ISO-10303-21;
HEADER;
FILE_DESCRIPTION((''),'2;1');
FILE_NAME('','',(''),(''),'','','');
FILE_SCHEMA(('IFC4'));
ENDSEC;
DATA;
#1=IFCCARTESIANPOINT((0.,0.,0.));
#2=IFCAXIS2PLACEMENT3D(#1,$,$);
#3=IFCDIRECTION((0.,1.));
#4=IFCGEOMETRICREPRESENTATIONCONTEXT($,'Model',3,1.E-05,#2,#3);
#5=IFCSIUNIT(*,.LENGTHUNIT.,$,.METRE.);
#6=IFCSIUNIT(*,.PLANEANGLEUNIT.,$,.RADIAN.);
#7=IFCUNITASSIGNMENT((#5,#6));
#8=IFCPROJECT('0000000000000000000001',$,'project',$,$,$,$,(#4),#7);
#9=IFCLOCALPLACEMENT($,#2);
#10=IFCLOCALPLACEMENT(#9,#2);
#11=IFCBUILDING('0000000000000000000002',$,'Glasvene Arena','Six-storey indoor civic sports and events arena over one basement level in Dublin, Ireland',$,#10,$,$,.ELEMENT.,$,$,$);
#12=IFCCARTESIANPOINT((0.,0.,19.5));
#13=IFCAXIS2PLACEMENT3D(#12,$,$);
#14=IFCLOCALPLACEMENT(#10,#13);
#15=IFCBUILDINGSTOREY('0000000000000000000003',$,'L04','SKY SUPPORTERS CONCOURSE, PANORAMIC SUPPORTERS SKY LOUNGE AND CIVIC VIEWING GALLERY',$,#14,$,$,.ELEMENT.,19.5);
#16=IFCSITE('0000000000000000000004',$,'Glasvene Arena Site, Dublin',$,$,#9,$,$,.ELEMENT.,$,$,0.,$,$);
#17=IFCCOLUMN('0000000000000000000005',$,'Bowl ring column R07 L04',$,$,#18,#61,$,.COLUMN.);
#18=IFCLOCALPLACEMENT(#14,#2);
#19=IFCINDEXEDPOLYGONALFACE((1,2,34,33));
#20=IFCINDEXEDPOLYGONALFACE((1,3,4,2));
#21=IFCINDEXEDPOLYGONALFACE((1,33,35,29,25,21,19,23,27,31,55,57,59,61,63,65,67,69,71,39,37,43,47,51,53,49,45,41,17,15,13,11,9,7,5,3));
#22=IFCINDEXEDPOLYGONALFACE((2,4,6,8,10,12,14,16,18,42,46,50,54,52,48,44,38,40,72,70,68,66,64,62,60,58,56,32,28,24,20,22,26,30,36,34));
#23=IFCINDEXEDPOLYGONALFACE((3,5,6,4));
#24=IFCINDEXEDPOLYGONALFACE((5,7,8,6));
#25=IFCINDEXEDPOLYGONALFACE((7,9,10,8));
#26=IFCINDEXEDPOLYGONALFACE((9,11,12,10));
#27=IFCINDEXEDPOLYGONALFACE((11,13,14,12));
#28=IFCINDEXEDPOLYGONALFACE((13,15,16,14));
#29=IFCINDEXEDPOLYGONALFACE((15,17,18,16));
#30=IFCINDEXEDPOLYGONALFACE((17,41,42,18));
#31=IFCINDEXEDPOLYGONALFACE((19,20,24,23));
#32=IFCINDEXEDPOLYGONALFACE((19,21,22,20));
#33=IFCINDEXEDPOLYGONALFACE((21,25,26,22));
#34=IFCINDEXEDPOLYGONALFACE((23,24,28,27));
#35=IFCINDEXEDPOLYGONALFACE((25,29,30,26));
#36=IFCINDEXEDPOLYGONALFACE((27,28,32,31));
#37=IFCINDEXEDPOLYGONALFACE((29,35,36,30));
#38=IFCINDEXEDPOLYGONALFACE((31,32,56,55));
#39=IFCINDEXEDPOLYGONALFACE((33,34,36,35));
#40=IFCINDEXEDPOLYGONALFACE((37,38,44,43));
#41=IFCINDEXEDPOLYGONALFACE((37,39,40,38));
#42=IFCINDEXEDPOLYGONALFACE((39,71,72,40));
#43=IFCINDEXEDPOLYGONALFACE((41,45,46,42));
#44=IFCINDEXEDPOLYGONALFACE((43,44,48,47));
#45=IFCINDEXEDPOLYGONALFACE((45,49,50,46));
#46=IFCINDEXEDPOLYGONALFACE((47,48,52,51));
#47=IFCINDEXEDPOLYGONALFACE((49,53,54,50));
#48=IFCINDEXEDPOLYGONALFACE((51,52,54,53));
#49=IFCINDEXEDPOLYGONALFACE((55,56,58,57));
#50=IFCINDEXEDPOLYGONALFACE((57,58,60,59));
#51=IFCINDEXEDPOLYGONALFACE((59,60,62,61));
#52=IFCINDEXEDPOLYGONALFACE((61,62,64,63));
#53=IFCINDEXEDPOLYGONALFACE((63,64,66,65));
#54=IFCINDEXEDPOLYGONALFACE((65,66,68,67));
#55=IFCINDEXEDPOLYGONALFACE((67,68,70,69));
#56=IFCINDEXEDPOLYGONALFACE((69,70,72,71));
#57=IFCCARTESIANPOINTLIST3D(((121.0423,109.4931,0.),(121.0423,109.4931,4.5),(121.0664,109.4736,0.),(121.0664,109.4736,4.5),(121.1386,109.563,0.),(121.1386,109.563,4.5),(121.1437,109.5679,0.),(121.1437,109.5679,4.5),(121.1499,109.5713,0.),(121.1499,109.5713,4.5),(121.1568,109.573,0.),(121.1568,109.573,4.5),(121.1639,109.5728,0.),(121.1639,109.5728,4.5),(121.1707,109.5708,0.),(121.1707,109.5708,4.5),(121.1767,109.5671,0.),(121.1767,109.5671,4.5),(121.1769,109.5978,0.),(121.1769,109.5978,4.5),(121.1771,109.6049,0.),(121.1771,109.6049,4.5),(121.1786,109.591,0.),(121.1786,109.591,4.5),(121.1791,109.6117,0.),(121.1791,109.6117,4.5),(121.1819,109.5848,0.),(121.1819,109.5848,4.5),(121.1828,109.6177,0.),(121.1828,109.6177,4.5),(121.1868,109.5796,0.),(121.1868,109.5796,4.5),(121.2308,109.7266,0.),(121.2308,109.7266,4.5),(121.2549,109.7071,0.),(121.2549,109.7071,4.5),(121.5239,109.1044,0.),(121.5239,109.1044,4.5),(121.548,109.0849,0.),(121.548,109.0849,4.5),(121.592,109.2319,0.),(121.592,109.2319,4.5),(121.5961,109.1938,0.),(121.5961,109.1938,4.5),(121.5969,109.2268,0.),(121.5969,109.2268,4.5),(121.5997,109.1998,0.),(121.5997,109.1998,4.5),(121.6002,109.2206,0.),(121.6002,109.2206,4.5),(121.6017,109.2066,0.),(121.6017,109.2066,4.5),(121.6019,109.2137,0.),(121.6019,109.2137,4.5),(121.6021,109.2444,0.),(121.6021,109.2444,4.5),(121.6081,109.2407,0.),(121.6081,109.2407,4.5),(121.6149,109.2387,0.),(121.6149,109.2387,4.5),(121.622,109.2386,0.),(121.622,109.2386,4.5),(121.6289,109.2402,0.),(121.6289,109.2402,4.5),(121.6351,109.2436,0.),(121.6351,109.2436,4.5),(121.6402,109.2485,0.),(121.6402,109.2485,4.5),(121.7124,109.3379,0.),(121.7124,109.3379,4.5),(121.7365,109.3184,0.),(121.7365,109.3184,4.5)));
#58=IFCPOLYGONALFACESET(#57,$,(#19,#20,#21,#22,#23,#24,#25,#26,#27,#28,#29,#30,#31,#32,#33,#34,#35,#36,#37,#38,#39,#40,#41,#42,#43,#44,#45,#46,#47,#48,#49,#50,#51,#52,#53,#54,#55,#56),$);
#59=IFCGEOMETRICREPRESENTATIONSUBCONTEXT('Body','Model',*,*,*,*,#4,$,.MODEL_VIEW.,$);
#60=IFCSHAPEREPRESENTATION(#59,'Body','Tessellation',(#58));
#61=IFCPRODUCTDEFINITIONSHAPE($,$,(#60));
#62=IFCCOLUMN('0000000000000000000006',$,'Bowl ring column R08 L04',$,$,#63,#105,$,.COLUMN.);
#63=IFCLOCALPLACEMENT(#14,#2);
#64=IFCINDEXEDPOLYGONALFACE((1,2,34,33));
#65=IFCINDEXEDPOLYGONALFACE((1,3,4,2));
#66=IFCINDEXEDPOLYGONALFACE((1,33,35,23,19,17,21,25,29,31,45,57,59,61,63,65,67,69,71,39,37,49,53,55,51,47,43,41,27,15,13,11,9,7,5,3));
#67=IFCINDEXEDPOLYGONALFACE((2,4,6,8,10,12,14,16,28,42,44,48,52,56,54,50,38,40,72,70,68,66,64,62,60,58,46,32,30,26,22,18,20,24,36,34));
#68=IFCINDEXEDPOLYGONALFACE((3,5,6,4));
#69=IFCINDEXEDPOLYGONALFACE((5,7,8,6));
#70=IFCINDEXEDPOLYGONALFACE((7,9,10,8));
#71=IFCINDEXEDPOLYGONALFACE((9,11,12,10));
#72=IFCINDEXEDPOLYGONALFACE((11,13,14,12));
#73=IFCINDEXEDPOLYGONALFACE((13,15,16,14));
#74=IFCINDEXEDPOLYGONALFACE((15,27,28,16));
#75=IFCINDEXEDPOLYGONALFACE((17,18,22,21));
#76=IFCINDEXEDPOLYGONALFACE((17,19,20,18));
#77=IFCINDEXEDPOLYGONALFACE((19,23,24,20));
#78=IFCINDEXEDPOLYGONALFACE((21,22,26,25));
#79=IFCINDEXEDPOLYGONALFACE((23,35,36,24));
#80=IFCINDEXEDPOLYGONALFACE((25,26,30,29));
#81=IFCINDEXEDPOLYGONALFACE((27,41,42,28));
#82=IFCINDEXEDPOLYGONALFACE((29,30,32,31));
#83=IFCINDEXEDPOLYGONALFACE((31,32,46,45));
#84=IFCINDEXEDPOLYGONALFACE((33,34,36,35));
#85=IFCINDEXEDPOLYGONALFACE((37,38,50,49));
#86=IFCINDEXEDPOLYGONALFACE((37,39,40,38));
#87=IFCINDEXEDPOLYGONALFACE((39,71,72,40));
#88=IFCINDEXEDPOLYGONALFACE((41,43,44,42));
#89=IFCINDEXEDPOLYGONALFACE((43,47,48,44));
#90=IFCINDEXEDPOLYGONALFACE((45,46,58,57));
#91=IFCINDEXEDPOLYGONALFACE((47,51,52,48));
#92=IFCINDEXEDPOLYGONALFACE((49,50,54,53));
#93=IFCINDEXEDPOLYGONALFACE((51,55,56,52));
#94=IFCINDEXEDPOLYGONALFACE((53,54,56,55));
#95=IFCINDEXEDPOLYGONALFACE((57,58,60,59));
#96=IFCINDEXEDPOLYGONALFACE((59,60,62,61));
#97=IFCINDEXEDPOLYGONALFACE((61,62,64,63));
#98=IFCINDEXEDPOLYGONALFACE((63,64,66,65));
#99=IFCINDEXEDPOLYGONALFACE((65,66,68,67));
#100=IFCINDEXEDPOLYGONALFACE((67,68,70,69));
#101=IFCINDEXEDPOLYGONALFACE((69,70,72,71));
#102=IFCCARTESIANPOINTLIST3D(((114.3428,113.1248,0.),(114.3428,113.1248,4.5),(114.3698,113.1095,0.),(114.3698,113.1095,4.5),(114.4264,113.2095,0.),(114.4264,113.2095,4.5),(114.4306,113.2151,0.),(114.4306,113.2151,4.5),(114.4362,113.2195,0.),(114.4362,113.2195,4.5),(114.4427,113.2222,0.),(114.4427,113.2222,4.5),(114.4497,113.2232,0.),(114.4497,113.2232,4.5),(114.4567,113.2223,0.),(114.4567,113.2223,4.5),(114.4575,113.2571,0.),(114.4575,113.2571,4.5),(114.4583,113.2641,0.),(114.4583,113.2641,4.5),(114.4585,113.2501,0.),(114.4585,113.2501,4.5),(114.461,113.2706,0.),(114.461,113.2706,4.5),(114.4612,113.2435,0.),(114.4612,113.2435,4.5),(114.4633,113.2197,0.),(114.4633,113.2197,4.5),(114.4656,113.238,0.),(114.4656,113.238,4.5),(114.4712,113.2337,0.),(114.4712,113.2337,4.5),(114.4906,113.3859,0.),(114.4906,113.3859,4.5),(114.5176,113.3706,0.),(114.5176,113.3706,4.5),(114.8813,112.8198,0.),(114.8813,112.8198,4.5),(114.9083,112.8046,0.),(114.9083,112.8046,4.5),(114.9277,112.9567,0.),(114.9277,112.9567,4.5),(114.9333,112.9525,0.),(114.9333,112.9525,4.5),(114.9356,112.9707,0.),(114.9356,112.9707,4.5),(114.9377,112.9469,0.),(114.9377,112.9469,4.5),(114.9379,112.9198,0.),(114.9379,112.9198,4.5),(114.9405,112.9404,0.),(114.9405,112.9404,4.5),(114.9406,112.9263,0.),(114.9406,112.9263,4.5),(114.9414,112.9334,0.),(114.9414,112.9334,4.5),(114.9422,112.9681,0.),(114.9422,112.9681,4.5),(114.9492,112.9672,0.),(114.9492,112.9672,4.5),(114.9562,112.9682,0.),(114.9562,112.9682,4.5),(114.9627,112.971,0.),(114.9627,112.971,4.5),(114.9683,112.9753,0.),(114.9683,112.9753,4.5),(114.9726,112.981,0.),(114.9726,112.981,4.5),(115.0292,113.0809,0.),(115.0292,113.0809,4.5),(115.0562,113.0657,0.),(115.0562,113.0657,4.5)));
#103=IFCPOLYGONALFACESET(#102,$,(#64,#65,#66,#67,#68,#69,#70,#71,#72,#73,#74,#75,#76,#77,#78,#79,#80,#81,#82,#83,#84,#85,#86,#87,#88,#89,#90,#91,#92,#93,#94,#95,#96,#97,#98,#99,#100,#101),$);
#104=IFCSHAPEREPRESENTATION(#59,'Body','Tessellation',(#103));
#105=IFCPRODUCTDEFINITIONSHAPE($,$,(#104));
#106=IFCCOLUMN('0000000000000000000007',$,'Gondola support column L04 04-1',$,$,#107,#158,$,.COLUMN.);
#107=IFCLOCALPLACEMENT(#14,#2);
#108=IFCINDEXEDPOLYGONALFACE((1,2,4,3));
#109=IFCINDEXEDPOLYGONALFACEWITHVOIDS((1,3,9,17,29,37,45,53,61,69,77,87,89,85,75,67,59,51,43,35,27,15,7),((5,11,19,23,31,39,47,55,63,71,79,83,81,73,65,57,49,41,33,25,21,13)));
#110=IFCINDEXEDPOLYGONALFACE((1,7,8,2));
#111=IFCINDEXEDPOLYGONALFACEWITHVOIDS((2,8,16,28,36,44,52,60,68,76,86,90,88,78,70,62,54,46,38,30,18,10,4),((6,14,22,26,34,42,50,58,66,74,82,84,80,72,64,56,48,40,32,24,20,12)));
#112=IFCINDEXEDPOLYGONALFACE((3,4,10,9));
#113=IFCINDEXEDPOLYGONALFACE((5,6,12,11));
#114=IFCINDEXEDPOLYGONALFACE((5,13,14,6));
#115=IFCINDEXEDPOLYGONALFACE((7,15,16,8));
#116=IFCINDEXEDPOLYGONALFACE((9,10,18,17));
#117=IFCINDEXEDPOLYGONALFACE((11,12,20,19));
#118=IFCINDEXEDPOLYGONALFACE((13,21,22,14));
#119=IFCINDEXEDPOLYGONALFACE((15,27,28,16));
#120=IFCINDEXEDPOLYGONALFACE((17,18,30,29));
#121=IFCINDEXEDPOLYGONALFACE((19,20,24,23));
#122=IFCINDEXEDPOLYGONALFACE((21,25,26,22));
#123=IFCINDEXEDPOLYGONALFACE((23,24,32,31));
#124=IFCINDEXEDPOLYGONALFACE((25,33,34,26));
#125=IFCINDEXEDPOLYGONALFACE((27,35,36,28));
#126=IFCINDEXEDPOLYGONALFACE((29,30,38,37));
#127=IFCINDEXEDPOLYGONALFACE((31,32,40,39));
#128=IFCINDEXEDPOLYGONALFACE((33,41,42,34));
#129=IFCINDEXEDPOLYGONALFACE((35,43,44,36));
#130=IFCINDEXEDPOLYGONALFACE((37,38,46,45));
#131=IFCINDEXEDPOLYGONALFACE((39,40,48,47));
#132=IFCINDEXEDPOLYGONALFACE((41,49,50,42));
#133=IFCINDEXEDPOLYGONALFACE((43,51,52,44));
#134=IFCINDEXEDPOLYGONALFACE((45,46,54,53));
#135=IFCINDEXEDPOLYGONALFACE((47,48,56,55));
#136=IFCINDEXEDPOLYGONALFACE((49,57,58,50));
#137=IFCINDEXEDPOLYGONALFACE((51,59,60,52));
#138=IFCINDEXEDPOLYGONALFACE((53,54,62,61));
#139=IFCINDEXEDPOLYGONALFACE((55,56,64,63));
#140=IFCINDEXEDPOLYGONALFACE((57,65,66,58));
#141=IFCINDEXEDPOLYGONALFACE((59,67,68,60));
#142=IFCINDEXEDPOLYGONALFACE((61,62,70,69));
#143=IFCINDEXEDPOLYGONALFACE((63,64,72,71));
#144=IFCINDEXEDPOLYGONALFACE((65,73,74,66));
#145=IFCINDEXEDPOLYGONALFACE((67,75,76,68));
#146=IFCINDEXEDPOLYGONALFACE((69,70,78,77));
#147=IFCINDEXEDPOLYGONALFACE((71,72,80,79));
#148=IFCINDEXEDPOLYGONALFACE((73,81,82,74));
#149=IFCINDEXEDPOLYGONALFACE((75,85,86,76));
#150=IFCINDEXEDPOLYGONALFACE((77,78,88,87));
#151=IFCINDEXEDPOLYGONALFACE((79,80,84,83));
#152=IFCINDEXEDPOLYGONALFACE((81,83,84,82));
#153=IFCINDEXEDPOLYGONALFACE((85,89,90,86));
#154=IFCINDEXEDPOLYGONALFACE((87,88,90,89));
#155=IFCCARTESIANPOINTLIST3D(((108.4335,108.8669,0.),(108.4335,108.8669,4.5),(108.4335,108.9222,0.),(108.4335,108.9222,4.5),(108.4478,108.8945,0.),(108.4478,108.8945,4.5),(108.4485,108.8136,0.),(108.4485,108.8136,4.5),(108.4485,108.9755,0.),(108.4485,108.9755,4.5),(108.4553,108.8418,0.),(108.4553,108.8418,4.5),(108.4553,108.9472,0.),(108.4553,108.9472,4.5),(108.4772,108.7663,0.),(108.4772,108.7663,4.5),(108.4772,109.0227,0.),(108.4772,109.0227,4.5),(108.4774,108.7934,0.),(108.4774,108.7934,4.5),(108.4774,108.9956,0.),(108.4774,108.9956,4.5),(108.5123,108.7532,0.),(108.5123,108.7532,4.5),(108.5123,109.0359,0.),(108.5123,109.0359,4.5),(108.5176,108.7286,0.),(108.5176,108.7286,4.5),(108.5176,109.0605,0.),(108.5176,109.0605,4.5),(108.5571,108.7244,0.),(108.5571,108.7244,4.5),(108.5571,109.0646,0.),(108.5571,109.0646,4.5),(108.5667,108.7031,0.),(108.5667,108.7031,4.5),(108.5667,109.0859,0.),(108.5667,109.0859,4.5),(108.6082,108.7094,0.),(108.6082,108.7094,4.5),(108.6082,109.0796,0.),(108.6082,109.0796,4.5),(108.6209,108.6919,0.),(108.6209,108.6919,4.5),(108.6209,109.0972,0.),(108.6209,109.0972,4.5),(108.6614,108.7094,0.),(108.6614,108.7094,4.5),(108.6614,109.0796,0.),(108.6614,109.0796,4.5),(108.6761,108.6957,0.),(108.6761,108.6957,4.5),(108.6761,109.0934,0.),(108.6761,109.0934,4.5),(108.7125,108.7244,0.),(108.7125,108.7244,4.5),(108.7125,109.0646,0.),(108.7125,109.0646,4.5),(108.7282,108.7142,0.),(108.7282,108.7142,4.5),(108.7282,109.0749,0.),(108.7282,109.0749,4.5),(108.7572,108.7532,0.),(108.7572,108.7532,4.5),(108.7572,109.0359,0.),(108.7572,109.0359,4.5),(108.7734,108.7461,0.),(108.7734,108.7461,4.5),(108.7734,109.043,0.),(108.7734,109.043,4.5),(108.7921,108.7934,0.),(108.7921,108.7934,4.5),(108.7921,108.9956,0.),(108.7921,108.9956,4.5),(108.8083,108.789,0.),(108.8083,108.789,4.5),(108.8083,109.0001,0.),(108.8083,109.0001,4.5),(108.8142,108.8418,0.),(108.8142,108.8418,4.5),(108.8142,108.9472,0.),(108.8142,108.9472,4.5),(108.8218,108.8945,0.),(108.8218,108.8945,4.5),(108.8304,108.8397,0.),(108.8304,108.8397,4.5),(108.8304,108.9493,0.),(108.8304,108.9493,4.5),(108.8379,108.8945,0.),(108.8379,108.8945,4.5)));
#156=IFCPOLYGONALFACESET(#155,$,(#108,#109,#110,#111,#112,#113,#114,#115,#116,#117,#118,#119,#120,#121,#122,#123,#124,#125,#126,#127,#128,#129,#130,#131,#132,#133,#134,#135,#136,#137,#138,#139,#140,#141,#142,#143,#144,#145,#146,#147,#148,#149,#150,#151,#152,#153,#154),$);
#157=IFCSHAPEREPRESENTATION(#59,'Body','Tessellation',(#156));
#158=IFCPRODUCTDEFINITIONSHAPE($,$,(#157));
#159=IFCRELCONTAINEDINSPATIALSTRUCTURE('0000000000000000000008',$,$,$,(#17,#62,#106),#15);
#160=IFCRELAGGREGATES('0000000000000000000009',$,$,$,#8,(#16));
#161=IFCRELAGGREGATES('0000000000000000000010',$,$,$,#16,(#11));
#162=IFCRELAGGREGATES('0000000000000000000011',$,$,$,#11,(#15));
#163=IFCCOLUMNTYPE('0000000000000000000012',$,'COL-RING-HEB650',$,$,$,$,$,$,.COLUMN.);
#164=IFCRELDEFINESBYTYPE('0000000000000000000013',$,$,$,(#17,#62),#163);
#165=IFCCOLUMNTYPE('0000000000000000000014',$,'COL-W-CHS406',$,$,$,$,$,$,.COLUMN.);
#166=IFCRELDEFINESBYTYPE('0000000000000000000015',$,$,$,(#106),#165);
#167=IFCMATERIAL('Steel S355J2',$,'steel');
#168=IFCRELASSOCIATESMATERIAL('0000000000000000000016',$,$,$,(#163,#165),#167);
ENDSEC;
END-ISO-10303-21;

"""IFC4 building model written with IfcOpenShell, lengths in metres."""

from ifc_helpers import new_model, si_unit, direction, frame, origin, origin_2d, place, context, subcontext, project, spatial, hollow_circle, i_section, extrude, material, material_profile, profile_set, type_object, element, save


model = new_model("IFC4")

# Units and contexts
model_context = context("Model", 3, precision=1e-05, world=origin(), true_north=direction((0.0, 1.0)))
body_context = subcontext(model_context, "Body", "Model", "MODEL_VIEW")
ifc_project = project(units=[si_unit("LENGTHUNIT", "METRE"), si_unit("PLANEANGLEUNIT", "RADIAN")], contexts=[model_context])

# Site, building, storey
site_placement = place(None, origin())
site = spatial("IfcSite", under=ifc_project, at=site_placement, Name="Glasvene Arena Site, Dublin", CompositionType="ELEMENT", RefElevation=0.0)
building_placement = place(site_placement, origin())
building = spatial("IfcBuilding", under=site, at=building_placement, Name="Glasvene Arena", Description="Six-storey indoor civic sports and events arena over one basement level in Dublin, Ireland", CompositionType="ELEMENT")
storey_placement = place(building_placement, frame((0.0, 0.0, 19.5)))
storey = spatial("IfcBuildingStorey", under=building, at=storey_placement, Name="L04", Description="SKY SUPPORTERS CONCOURSE, PANORAMIC SUPPORTERS SKY LOUNGE AND CIVIC VIEWING GALLERY", CompositionType="ELEMENT", Elevation=19.5)

# Columns
ifc_material_1 = material(Name="Steel S355J2", Category="steel")
ifc_material_profile_1 = material_profile(ifc_material_1, i_section(OverallWidth=0.3, OverallDepth=0.6499, WebThickness=0.0161, FlangeThickness=0.031, FilletRadius=0.0271, at=origin_2d()), Name="HEB 650")
ifc_profile_set_1 = profile_set([ifc_material_profile_1], Name="Steel S355J2")
column_type_1 = type_object("IfcColumnType", Name="COL-RING-HEB650", PredefinedType="COLUMN", material=ifc_profile_set_1)
for number, where, z_axis, x_axis, name in (
    (1, (121.3894, 109.4058, 0.0), (0.0, 0.0, 1.0), (0.628099, 0.778134, 0.0), "Bowl ring column R07 L04"),
    (2, (114.6995, 113.0952, 0.0), (0.0, 0.0, 1.0), (0.492727, 0.870184, 0.0), "Bowl ring column R08 L04"),
):
    element("IfcColumn", number, at=place(storey_placement, frame(where, z_axis=z_axis, x_axis=x_axis)), inside=storey, type_object=column_type_1, Name=name, PredefinedType="COLUMN", context=body_context, shape_type="SweptSolid", body=[
        extrude(i_section(OverallWidth=0.3, OverallDepth=0.6499, WebThickness=0.0161, FlangeThickness=0.031, FilletRadius=0.0271, at=origin_2d()), origin(), (0.0, 0.0, 1.0), 4.5),
    ])
ifc_material_profile_2 = material_profile(ifc_material_1, hollow_circle(Radius=0.2031, WallThickness=0.0161, at=origin_2d()), Name="CHS 406.4x16.0")
ifc_profile_set_2 = profile_set([ifc_material_profile_2], Name="Steel S355J2")
column_type_2 = type_object("IfcColumnType", Name="COL-W-CHS406", PredefinedType="COLUMN", material=ifc_profile_set_2)
column_placement = place(storey_placement, frame((108.6348, 108.8945, 0.0), z_axis=(0.0, 0.0, 1.0), x_axis=(1.0, 0.0, 0.0)))
element("IfcColumn", 3, at=column_placement, inside=storey, type_object=column_type_2, Name="Gondola support column L04 04-1", PredefinedType="COLUMN", context=body_context, shape_type="SweptSolid", body=[
    extrude(hollow_circle(Radius=0.2031, WallThickness=0.0161, at=origin_2d()), origin(), (0.0, 0.0, 1.0), 4.5),
])

save(model, "model.ifc")
